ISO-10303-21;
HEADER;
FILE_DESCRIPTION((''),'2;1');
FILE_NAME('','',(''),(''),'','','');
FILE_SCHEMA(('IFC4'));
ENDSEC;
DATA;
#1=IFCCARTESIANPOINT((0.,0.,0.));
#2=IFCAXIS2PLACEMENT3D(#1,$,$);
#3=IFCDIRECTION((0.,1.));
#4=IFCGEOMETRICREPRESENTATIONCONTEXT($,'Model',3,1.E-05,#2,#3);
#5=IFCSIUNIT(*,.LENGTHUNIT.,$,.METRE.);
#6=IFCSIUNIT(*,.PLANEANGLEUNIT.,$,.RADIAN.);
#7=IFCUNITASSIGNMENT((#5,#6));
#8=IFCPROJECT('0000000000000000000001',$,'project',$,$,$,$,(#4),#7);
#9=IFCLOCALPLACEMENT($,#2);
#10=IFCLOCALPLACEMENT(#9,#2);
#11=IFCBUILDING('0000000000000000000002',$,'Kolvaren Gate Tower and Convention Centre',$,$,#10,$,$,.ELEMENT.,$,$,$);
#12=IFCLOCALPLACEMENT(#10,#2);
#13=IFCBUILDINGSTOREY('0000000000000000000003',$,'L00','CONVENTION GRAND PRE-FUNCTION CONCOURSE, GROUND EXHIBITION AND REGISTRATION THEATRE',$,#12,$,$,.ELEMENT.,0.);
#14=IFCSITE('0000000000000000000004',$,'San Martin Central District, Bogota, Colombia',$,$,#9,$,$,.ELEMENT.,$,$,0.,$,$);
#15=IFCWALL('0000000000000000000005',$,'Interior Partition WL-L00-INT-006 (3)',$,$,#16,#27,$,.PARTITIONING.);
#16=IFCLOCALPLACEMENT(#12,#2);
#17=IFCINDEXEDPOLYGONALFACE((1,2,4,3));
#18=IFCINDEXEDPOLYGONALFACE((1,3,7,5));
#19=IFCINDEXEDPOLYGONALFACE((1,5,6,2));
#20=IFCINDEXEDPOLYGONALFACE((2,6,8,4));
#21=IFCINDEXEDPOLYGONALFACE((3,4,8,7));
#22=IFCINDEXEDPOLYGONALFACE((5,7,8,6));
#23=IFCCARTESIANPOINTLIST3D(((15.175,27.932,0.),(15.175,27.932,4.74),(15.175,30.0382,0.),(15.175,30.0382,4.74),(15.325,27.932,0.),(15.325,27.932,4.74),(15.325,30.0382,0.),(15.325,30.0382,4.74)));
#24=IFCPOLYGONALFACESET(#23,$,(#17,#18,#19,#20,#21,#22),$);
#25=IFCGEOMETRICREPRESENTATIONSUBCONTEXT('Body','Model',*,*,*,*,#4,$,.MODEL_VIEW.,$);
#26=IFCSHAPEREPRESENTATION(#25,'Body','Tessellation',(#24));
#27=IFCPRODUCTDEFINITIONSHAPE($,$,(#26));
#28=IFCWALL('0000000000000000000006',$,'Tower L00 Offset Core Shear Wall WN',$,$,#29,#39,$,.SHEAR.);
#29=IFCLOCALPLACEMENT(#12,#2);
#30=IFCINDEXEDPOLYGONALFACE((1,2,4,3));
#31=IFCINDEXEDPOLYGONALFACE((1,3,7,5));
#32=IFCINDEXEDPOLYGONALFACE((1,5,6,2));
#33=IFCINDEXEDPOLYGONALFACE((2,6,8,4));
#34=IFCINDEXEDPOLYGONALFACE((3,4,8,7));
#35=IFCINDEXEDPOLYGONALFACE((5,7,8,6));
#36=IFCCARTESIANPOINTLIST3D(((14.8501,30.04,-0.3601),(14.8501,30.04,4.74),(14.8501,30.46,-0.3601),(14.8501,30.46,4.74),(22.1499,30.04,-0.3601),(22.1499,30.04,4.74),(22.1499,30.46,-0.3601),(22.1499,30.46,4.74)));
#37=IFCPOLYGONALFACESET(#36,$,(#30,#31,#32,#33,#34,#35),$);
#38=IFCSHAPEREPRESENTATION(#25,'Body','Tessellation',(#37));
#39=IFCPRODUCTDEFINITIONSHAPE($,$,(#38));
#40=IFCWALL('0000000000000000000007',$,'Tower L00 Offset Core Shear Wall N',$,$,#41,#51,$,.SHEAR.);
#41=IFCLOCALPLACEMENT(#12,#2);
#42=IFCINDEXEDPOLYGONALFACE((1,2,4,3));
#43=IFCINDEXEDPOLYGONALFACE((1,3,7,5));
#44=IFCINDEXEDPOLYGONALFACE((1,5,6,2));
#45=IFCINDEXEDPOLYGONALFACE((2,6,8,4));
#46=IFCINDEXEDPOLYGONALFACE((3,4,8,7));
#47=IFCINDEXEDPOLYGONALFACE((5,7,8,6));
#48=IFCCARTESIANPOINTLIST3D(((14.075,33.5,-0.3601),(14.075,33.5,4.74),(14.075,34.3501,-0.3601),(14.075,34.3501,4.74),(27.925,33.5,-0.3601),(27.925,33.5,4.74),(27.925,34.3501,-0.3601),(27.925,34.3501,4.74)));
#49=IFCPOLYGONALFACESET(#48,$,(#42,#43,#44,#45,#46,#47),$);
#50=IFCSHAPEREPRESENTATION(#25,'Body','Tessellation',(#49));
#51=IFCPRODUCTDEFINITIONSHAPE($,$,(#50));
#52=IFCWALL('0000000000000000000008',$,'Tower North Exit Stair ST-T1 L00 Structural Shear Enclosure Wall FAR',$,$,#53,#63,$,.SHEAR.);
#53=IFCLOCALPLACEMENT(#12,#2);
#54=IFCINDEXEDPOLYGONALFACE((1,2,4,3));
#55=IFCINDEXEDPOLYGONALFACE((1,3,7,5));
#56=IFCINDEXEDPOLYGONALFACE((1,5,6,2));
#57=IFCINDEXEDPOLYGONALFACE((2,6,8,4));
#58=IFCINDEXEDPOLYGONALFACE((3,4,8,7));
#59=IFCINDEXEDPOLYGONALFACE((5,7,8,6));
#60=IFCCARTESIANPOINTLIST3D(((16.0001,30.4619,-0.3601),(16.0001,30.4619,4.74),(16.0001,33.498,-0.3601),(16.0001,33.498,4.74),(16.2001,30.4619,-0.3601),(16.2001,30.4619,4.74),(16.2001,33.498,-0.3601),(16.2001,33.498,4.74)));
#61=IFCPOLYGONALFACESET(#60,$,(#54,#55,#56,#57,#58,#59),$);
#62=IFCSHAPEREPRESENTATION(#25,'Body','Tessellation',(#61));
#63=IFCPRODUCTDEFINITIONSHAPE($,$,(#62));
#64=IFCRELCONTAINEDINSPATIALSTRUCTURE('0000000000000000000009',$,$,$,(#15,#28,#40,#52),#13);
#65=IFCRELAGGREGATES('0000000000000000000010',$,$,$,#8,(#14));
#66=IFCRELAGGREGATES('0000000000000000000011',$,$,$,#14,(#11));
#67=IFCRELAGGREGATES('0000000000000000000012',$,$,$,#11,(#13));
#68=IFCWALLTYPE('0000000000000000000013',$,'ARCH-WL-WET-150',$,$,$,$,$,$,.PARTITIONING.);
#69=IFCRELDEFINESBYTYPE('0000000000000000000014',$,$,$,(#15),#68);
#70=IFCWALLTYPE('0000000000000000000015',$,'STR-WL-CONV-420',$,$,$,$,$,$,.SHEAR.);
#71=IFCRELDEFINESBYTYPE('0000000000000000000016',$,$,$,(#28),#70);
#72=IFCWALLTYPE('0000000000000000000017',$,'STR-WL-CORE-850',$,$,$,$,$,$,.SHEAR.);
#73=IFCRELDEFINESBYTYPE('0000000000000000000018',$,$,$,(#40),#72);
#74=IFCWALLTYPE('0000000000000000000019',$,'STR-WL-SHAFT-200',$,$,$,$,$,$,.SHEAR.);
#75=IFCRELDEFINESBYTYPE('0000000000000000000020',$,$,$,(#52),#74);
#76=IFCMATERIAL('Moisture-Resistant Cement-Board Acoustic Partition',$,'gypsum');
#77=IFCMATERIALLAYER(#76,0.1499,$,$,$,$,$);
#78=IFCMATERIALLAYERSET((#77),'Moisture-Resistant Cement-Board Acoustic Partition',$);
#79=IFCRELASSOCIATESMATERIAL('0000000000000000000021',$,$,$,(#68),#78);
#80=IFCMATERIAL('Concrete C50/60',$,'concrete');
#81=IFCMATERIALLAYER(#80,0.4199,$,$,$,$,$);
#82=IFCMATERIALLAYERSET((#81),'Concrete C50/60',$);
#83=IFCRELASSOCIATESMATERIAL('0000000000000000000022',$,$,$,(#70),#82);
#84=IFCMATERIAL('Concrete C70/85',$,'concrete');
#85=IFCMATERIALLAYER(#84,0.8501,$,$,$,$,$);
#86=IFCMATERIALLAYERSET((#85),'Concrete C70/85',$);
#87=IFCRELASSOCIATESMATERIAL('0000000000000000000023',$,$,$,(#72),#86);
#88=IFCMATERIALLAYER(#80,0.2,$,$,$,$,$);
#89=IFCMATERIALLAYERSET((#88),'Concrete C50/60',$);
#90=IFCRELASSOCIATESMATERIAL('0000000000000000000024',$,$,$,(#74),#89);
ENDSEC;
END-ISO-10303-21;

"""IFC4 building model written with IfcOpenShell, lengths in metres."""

from ifc_helpers import new_model, si_unit, direction, frame, frame_2d, origin, place, context, subcontext, project, spatial, rectangle, extrude, material, layer, layer_set, type_object, element, save


model = new_model("IFC4")

# Units and contexts
model_context = context("Model", 3, precision=1e-05, world=origin(), true_north=direction((0.0, 1.0)))
body_context = subcontext(model_context, "Body", "Model", "MODEL_VIEW")
ifc_project = project(units=[si_unit("LENGTHUNIT", "METRE"), si_unit("PLANEANGLEUNIT", "RADIAN")], contexts=[model_context])

# Site, building, storey
site_placement = place(None, origin())
site = spatial("IfcSite", under=ifc_project, at=site_placement, Name="San Martin Central District, Bogota, Colombia", CompositionType="ELEMENT", RefElevation=0.0)
building_placement = place(site_placement, origin())
building = spatial("IfcBuilding", under=site, at=building_placement, Name="Kolvaren Gate Tower and Convention Centre", CompositionType="ELEMENT")
storey_placement = place(building_placement, origin())
storey = spatial("IfcBuildingStorey", under=building, at=storey_placement, Name="L00", Description="CONVENTION GRAND PRE-FUNCTION CONCOURSE, GROUND EXHIBITION AND REGISTRATION THEATRE", CompositionType="ELEMENT", Elevation=0.0)

# Walls
ifc_material_1 = material(Name="Moisture-Resistant Cement-Board Acoustic Partition", Category="gypsum")
ifc_layer_1 = layer(ifc_material_1, 0.1499)
ifc_layer_set_1 = layer_set([ifc_layer_1], Name="Moisture-Resistant Cement-Board Acoustic Partition")
wall_type_1 = type_object("IfcWallType", Name="ARCH-WL-WET-150", PredefinedType="PARTITIONING", material=ifc_layer_set_1)
wall_1_placement = place(storey_placement, frame((15.25, 27.9319, 0.0), z_axis=(0.0, 0.0, 1.0), x_axis=(0.0, 1.0, 0.0)))
element("IfcWall", 1, at=wall_1_placement, inside=storey, type_object=wall_type_1, Name="Interior Partition WL-L00-INT-006 (3)", PredefinedType="PARTITIONING", context=body_context, shape_type="SweptSolid", body=[
    extrude(rectangle(XDim=2.1062, YDim=0.1499, at=frame_2d((1.0532, 0.0))), origin(), (0.0, 0.0, 1.0), 4.74),
])
ifc_material_2 = material(Name="Concrete C50/60", Category="concrete")
ifc_layer_2 = layer(ifc_material_2, 0.4199)
ifc_layer_set_2 = layer_set([ifc_layer_2], Name="Concrete C50/60")
wall_type_2 = type_object("IfcWallType", Name="STR-WL-CONV-420", PredefinedType="SHEAR", material=ifc_layer_set_2)
wall_2_placement = place(storey_placement, frame((14.8501, 30.25, -0.3601), z_axis=(0.0, 0.0, 1.0), x_axis=(1.0, 0.0, 0.0)))
element("IfcWall", 2, at=wall_2_placement, inside=storey, type_object=wall_type_2, Name="Tower L00 Offset Core Shear Wall WN", PredefinedType="SHEAR", context=body_context, shape_type="SweptSolid", body=[
    extrude(rectangle(XDim=7.2998, YDim=0.4199, at=frame_2d((3.6499, 0.0))), origin(), (0.0, 0.0, 1.0), 5.1001),
])
ifc_material_3 = material(Name="Concrete C70/85", Category="concrete")
ifc_layer_3 = layer(ifc_material_3, 0.8501)
ifc_layer_set_3 = layer_set([ifc_layer_3], Name="Concrete C70/85")
wall_type_3 = type_object("IfcWallType", Name="STR-WL-CORE-850", PredefinedType="SHEAR", material=ifc_layer_set_3)
wall_3_placement = place(storey_placement, frame((14.075, 33.925, -0.3601), z_axis=(0.0, 0.0, 1.0), x_axis=(1.0, 0.0, 0.0)))
element("IfcWall", 3, at=wall_3_placement, inside=storey, type_object=wall_type_3, Name="Tower L00 Offset Core Shear Wall N", PredefinedType="SHEAR", context=body_context, shape_type="SweptSolid", body=[
    extrude(rectangle(XDim=13.8501, YDim=0.8501, at=frame_2d((6.925, 0.0))), origin(), (0.0, 0.0, 1.0), 5.1001),
])
ifc_layer_4 = layer(ifc_material_2, 0.2)
ifc_layer_set_4 = layer_set([ifc_layer_4], Name="Concrete C50/60")
wall_type_4 = type_object("IfcWallType", Name="STR-WL-SHAFT-200", PredefinedType="SHEAR", material=ifc_layer_set_4)
wall_4_placement = place(storey_placement, frame((16.1001, 30.4619, -0.3601), z_axis=(0.0, 0.0, 1.0), x_axis=(0.0, 1.0, 0.0)))
element("IfcWall", 4, at=wall_4_placement, inside=storey, type_object=wall_type_4, Name="Tower North Exit Stair ST-T1 L00 Structural Shear Enclosure Wall FAR", PredefinedType="SHEAR", context=body_context, shape_type="SweptSolid", body=[
    extrude(rectangle(XDim=3.0361, YDim=0.2, at=frame_2d((1.5181, 0.0))), origin(), (0.0, 0.0, 1.0), 5.1001),
])

save(model, "model.ifc")
